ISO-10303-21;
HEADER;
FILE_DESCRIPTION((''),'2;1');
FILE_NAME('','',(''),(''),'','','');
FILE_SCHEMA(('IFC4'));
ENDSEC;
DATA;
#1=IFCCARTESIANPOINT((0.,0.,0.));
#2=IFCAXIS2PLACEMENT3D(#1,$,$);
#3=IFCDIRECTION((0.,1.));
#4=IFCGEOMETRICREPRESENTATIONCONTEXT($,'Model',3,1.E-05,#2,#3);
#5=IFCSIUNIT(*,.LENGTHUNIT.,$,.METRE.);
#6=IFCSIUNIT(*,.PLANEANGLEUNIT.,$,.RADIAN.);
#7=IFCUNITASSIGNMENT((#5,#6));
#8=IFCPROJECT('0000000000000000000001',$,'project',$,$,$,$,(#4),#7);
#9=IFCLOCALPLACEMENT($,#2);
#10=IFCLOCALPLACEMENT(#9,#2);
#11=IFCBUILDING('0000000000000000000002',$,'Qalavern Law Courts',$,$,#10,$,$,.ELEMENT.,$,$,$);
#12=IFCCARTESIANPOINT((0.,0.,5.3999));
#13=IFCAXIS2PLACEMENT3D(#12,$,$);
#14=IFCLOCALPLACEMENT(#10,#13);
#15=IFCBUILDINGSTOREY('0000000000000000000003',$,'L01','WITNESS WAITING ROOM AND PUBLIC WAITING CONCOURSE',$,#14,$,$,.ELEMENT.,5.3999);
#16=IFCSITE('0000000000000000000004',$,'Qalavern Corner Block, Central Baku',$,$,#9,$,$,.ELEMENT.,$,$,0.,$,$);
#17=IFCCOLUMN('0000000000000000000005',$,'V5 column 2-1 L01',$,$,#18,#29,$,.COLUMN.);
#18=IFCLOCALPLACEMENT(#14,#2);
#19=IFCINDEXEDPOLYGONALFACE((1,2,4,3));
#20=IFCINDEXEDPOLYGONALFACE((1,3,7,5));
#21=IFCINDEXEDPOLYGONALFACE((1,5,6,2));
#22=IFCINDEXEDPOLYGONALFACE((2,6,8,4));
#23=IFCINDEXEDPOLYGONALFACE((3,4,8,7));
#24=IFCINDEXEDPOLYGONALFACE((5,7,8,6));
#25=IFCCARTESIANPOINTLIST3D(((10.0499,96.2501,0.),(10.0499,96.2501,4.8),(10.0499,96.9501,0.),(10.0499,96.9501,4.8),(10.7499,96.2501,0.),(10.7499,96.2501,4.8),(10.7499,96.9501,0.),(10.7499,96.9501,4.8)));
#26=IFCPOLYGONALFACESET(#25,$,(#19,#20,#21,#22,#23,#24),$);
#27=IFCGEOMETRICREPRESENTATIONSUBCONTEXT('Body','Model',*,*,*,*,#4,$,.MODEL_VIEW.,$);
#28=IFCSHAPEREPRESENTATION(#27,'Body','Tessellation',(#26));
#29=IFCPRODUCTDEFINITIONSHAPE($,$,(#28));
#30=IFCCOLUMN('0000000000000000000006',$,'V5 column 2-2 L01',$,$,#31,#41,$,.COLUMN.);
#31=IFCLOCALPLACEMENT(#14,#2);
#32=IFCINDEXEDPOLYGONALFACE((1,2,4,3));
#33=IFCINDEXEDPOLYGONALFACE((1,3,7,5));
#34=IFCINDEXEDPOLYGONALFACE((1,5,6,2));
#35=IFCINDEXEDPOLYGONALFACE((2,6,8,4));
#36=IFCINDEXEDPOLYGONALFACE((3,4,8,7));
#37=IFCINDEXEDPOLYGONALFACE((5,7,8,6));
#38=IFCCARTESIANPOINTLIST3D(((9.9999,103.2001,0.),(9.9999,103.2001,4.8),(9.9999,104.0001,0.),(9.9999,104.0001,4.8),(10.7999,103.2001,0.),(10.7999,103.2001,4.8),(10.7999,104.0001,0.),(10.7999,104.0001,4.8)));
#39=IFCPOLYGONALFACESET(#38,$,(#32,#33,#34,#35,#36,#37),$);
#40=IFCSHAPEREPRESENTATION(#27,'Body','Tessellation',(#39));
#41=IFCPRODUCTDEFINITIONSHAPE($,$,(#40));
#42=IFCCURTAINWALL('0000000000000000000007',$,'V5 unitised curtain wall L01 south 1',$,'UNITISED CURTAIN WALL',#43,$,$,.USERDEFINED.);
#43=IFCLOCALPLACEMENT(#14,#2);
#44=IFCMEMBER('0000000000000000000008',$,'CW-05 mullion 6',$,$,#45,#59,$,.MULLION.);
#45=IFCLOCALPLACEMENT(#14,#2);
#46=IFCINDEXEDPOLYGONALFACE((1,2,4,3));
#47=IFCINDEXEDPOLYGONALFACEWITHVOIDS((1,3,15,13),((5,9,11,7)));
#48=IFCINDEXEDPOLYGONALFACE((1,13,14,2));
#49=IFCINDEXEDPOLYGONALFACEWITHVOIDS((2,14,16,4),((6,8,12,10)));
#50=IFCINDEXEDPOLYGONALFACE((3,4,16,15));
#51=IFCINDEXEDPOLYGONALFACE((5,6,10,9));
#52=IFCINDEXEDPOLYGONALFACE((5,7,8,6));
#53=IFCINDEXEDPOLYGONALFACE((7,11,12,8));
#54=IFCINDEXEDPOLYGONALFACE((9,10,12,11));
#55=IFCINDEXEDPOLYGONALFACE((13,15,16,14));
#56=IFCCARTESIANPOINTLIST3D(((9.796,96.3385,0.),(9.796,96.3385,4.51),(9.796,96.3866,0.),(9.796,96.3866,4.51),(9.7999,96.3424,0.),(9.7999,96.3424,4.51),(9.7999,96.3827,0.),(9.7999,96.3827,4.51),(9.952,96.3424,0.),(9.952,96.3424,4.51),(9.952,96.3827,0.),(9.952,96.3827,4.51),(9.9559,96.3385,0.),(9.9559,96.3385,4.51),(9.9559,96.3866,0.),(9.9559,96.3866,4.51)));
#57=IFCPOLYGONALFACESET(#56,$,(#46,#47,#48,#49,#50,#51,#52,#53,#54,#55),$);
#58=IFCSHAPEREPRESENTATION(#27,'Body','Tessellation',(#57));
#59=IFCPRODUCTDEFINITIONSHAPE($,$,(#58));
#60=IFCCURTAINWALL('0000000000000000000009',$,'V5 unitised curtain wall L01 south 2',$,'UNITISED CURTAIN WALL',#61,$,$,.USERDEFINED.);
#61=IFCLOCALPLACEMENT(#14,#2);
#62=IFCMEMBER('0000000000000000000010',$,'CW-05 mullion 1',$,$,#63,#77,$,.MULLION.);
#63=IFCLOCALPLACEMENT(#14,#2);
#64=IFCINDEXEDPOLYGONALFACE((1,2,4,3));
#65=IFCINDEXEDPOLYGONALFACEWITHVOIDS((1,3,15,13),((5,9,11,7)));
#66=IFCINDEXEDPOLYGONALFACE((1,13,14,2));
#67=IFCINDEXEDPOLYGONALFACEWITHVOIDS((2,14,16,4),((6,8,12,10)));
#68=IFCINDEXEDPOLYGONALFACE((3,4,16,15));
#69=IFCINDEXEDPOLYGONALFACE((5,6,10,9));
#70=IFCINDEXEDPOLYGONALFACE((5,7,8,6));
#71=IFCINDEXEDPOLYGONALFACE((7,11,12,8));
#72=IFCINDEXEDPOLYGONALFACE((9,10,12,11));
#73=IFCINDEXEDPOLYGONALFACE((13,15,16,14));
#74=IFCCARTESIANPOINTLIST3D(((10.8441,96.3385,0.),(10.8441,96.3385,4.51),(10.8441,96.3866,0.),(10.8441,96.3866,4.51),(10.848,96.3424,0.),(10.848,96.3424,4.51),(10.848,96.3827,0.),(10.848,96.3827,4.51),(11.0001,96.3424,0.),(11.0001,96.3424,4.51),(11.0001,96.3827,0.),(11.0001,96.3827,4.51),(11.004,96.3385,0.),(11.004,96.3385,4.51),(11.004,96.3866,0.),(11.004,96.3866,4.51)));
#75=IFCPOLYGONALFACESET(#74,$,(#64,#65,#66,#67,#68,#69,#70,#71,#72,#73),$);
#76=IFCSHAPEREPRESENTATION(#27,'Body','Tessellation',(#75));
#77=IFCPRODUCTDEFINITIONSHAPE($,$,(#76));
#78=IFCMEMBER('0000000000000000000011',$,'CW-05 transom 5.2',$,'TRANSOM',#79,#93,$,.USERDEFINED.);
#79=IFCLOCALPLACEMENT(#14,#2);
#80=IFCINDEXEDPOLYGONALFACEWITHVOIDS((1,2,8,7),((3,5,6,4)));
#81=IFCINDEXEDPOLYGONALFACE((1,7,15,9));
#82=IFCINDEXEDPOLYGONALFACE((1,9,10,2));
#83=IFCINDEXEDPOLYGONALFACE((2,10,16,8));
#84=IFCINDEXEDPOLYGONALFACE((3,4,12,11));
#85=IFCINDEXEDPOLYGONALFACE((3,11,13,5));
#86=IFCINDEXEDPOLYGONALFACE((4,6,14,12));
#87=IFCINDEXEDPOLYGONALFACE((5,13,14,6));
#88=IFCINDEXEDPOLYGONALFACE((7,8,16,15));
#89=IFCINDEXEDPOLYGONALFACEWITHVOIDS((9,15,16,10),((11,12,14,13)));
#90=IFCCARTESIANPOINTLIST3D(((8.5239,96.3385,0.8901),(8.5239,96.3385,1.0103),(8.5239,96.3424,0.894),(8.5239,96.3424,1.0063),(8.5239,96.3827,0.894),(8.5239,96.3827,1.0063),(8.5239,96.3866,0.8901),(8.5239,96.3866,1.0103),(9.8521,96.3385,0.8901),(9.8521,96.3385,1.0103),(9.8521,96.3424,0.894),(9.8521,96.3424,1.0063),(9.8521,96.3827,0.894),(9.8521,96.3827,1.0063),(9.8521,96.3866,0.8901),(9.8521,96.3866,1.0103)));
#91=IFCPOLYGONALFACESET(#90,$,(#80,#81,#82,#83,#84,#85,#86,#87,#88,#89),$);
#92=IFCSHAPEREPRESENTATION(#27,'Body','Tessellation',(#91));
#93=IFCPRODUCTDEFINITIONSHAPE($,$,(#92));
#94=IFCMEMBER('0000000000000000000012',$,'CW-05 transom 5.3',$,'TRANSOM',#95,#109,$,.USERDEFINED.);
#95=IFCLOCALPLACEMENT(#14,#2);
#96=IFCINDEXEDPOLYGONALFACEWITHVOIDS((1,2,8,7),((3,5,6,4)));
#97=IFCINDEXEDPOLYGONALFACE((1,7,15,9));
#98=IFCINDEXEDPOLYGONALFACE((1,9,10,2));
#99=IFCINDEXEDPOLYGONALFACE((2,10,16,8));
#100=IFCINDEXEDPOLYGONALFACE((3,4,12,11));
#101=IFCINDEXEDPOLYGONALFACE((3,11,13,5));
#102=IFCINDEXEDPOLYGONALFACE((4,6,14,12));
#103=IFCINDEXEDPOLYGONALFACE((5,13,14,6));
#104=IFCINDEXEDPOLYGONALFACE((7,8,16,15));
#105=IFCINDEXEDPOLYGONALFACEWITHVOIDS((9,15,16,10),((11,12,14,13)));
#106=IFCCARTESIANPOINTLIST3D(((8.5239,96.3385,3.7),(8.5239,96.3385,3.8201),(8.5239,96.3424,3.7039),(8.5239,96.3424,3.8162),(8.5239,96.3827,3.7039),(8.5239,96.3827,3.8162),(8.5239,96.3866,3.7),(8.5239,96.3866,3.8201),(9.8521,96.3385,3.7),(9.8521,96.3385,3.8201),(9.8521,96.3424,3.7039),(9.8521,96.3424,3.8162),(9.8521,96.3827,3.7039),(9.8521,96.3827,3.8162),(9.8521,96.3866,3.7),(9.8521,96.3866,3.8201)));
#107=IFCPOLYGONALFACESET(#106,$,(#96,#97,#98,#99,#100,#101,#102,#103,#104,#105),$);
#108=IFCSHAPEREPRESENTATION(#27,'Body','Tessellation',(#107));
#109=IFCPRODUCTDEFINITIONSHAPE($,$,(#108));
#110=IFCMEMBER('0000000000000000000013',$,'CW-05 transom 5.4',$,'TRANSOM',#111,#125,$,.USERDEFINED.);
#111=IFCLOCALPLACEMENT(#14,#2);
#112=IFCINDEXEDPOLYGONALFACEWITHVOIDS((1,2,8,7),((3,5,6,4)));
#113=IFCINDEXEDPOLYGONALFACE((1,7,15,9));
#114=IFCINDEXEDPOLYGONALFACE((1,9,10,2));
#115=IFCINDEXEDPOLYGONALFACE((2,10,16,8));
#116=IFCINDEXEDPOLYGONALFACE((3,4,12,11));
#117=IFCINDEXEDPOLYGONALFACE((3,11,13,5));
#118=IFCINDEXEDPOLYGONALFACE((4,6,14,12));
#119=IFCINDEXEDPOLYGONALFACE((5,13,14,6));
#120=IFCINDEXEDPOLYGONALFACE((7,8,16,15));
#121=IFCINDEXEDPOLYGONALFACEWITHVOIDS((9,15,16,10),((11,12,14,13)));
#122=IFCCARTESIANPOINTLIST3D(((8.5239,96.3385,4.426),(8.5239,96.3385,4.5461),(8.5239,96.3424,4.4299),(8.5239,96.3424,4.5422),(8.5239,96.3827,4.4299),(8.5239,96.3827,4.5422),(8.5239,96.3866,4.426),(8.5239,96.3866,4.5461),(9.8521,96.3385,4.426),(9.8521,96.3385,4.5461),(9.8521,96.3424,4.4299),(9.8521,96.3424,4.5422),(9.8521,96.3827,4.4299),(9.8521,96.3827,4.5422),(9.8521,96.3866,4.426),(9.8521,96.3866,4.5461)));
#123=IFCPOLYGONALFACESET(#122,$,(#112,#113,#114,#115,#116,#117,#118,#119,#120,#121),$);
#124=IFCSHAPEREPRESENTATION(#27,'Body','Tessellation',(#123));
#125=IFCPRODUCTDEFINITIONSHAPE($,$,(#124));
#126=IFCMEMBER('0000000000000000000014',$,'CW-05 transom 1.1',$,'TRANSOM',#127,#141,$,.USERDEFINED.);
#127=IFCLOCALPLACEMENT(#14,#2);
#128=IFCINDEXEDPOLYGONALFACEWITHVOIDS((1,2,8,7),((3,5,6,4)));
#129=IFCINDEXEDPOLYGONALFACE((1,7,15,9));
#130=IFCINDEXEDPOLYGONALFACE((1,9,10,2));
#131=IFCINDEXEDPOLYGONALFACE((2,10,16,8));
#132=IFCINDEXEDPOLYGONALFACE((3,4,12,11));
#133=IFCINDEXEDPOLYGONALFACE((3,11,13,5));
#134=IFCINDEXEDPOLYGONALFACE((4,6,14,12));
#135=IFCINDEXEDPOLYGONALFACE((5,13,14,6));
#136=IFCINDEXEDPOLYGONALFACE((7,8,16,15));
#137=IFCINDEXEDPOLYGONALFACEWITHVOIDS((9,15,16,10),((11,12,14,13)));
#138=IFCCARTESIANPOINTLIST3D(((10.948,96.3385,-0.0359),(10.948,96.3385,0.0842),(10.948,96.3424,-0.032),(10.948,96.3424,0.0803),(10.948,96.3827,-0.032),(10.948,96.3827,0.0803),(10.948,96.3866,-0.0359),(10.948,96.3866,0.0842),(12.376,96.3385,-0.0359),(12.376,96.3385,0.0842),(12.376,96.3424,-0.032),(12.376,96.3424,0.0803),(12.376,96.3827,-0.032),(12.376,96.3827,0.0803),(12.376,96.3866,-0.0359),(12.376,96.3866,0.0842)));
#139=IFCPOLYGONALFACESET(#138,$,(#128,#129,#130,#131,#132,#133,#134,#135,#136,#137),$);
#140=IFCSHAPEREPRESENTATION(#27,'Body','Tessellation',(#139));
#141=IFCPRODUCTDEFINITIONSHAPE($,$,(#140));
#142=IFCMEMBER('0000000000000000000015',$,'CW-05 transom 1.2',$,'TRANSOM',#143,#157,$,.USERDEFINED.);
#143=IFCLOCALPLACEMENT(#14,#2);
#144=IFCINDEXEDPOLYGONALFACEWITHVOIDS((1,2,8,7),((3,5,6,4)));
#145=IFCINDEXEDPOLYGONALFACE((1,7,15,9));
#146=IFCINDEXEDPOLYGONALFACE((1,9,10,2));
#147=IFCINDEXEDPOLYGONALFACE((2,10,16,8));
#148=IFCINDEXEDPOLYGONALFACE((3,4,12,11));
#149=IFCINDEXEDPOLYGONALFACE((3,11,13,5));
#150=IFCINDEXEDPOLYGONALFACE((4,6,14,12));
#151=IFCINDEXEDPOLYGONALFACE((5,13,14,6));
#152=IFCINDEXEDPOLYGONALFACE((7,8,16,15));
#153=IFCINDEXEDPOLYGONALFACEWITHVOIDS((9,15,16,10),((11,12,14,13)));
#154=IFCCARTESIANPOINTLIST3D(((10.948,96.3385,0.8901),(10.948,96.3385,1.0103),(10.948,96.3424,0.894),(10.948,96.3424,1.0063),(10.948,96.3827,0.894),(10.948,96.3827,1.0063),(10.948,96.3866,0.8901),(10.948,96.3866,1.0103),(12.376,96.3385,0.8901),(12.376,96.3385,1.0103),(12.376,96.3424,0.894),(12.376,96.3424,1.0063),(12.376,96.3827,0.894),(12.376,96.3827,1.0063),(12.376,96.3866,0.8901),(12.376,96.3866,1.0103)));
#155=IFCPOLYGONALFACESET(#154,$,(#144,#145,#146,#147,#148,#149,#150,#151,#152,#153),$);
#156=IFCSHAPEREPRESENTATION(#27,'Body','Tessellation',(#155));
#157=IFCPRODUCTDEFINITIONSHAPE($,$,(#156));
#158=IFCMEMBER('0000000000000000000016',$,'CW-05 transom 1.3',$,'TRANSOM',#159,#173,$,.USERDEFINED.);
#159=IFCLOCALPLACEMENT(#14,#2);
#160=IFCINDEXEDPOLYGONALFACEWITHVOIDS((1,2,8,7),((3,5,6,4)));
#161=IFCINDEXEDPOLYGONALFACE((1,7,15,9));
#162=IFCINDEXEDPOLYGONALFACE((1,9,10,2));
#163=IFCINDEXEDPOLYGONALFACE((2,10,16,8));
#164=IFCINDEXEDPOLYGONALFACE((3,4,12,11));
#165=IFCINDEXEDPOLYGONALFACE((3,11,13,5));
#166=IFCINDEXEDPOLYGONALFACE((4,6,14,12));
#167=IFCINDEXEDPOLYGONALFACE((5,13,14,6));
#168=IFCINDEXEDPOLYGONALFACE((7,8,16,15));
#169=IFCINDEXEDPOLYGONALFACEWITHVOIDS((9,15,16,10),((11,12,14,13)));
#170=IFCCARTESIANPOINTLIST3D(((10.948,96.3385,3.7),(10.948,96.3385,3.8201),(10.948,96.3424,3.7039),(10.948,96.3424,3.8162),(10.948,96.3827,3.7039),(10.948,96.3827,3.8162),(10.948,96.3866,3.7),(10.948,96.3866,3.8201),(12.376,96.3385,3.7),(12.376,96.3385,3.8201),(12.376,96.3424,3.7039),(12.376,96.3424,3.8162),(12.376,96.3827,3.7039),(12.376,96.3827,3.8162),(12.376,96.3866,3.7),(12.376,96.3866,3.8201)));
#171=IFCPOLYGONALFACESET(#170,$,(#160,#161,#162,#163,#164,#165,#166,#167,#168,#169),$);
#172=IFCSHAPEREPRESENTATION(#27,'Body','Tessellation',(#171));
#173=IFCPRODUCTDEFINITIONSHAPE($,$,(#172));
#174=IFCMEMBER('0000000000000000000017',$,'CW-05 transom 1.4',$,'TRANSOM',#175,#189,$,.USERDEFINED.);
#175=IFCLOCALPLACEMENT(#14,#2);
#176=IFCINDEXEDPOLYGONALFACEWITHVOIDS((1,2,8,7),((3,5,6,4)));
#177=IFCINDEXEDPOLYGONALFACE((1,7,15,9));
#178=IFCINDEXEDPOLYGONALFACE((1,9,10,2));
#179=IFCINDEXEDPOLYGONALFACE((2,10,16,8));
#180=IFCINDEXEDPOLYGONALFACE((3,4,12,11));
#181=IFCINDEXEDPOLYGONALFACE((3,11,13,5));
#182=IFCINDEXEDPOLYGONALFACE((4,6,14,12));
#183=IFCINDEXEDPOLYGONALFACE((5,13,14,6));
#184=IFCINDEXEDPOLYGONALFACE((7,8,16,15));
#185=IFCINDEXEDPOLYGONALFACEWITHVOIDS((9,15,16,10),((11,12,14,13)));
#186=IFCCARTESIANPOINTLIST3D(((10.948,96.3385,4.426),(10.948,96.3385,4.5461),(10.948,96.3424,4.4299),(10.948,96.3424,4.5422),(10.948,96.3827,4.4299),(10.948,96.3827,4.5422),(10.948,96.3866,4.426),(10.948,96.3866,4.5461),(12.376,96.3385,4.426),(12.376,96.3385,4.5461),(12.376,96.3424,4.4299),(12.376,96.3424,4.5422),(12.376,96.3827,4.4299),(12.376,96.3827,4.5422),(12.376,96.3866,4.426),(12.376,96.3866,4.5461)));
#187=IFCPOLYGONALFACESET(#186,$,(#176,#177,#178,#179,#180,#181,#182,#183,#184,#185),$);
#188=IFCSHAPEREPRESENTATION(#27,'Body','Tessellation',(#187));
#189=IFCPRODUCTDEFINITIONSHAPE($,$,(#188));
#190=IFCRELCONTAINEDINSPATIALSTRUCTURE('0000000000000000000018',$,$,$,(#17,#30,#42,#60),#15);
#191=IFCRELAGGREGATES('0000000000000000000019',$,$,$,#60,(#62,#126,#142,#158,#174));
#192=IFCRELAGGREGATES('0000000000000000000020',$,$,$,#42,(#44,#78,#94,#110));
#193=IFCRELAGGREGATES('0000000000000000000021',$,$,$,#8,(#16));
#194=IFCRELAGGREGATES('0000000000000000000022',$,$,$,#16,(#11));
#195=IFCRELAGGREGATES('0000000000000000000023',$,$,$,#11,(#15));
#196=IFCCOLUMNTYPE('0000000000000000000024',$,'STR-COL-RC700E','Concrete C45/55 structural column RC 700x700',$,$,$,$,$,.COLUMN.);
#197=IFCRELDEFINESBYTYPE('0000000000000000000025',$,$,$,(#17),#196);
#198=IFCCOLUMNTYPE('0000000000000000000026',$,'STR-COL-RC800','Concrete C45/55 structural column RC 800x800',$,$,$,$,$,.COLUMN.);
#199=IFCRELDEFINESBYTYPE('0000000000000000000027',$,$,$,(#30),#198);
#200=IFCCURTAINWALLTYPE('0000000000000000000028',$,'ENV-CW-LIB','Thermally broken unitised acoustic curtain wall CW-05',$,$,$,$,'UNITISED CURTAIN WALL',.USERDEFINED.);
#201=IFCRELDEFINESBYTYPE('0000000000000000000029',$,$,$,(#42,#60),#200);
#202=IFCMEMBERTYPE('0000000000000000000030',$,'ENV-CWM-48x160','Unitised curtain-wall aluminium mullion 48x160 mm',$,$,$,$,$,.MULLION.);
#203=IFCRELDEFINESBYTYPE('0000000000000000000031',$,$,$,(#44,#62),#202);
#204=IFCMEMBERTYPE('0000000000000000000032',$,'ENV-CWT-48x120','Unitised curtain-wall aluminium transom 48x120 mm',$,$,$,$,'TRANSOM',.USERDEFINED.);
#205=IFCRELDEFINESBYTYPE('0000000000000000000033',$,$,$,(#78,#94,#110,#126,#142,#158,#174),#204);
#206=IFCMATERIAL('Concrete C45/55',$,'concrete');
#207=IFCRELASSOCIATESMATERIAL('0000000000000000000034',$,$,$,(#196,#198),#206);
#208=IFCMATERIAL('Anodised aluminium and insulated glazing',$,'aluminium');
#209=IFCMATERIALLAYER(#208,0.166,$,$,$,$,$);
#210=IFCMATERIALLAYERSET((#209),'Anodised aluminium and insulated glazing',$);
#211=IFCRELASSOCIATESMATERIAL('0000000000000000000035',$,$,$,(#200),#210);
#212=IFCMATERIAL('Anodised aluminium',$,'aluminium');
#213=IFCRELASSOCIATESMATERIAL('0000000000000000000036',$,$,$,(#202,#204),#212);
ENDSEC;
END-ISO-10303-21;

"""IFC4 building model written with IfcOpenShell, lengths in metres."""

from ifc_helpers import new_model, si_unit, direction, frame, origin, origin_2d, place, context, subcontext, project, spatial, rectangle, hollow_rectangle, extrude, material, layer, layer_set, material_profile, profile_set, type_object, element, aggregate, save


model = new_model("IFC4")

# Units and contexts
model_context = context("Model", 3, precision=1e-05, world=origin(), true_north=direction((0.0, 1.0)))
body_context = subcontext(model_context, "Body", "Model", "MODEL_VIEW")
ifc_project = project(units=[si_unit("LENGTHUNIT", "METRE"), si_unit("PLANEANGLEUNIT", "RADIAN")], contexts=[model_context])

# Site, building, storey
site_placement = place(None, origin())
site = spatial("IfcSite", under=ifc_project, at=site_placement, Name="Qalavern Corner Block, Central Baku", CompositionType="ELEMENT", RefElevation=0.0)
building_placement = place(site_placement, origin())
building = spatial("IfcBuilding", under=site, at=building_placement, Name="Qalavern Law Courts", CompositionType="ELEMENT")
storey_placement = place(building_placement, frame((0.0, 0.0, 5.3999)))
storey = spatial("IfcBuildingStorey", under=building, at=storey_placement, Name="L01", Description="WITNESS WAITING ROOM AND PUBLIC WAITING CONCOURSE", CompositionType="ELEMENT", Elevation=5.3999)

# Columns
ifc_material_1 = material(Name="Concrete C45/55", Category="concrete")
ifc_material_profile_1 = material_profile(ifc_material_1, rectangle(XDim=0.7, YDim=0.7, at=origin_2d()), Name="RC 700x700")
ifc_profile_set_1 = profile_set([ifc_material_profile_1], Name="Concrete C45/55")
column_type_1 = type_object("IfcColumnType", Name="STR-COL-RC700E", Description="Concrete C45/55 structural column RC 700x700", PredefinedType="COLUMN", material=ifc_profile_set_1)
column_1_placement = place(storey_placement, frame((10.3999, 96.6001, 0.0), z_axis=(0.0, 0.0, 1.0), x_axis=(1.0, 0.0, 0.0)))
element("IfcColumn", 1, at=column_1_placement, inside=storey, type_object=column_type_1, Name="V5 column 2-1 L01", PredefinedType="COLUMN", context=body_context, shape_type="SweptSolid", body=[
    extrude(rectangle(XDim=0.7, YDim=0.7, at=origin_2d()), origin(), (0.0, 0.0, 1.0), 4.8),
])
ifc_material_profile_2 = material_profile(ifc_material_1, rectangle(XDim=0.8, YDim=0.8, at=origin_2d()), Name="RC 800x800")
ifc_profile_set_2 = profile_set([ifc_material_profile_2], Name="Concrete C45/55")
column_type_2 = type_object("IfcColumnType", Name="STR-COL-RC800", Description="Concrete C45/55 structural column RC 800x800", PredefinedType="COLUMN", material=ifc_profile_set_2)
column_2_placement = place(storey_placement, frame((10.3999, 103.6001, 0.0), z_axis=(0.0, 0.0, 1.0), x_axis=(1.0, 0.0, 0.0)))
element("IfcColumn", 2, at=column_2_placement, inside=storey, type_object=column_type_2, Name="V5 column 2-2 L01", PredefinedType="COLUMN", context=body_context, shape_type="SweptSolid", body=[
    extrude(rectangle(XDim=0.8, YDim=0.8, at=origin_2d()), origin(), (0.0, 0.0, 1.0), 4.8),
])

# Curtain walls, members
ifc_material_2 = material(Name="Anodised aluminium and insulated glazing", Category="aluminium")
ifc_layer_1 = layer(ifc_material_2, 0.166)
ifc_layer_set_1 = layer_set([ifc_layer_1], Name="Anodised aluminium and insulated glazing")
curtain_wall_type = type_object("IfcCurtainWallType", Name="ENV-CW-LIB", Description="Thermally broken unitised acoustic curtain wall CW-05", ElementType="UNITISED CURTAIN WALL", PredefinedType="USERDEFINED", material=ifc_layer_set_1)
curtain_wall_1_placement = place(storey_placement, origin())
curtain_wall_1 = element("IfcCurtainWall", 3, at=curtain_wall_1_placement, inside=storey, type_object=curtain_wall_type, Name="V5 unitised curtain wall L01 south 1", ObjectType="UNITISED CURTAIN WALL", PredefinedType="USERDEFINED")
ifc_material_3 = material(Name="Anodised aluminium", Category="aluminium")
ifc_material_profile_3 = material_profile(ifc_material_3, hollow_rectangle(XDim=0.0481, YDim=0.1599, WallThickness=0.0039, at=origin_2d()), Name="ALU MULLION 48x160")
ifc_profile_set_3 = profile_set([ifc_material_profile_3], Name="Anodised aluminium")
member_type_1 = type_object("IfcMemberType", Name="ENV-CWM-48x160", Description="Unitised curtain-wall aluminium mullion 48x160 mm", PredefinedType="MULLION", material=ifc_profile_set_3)
member_1_placement = place(storey_placement, frame((9.876, 96.3625, 0.0), z_axis=(0.0, 0.0, 1.0), x_axis=(0.0, 1.0, 0.0)))
member_1 = element("IfcMember", 4, at=member_1_placement, type_object=member_type_1, Name="CW-05 mullion 6", PredefinedType="MULLION", context=body_context, shape_type="SweptSolid", body=[
    extrude(hollow_rectangle(XDim=0.0481, YDim=0.1599, WallThickness=0.0039, at=origin_2d()), origin(), (0.0, 0.0, 1.0), 4.51),
])
curtain_wall_2_placement = place(storey_placement, origin())
curtain_wall_2 = element("IfcCurtainWall", 5, at=curtain_wall_2_placement, inside=storey, type_object=curtain_wall_type, Name="V5 unitised curtain wall L01 south 2", ObjectType="UNITISED CURTAIN WALL", PredefinedType="USERDEFINED")
member_2_placement = place(storey_placement, frame((10.9241, 96.3625, 0.0), z_axis=(0.0, 0.0, 1.0), x_axis=(0.0, 1.0, 0.0)))
member_2 = element("IfcMember", 6, at=member_2_placement, type_object=member_type_1, Name="CW-05 mullion 1", PredefinedType="MULLION", context=body_context, shape_type="SweptSolid", body=[
    extrude(hollow_rectangle(XDim=0.0481, YDim=0.1599, WallThickness=0.0039, at=origin_2d()), origin(), (0.0, 0.0, 1.0), 4.51),
])

# Members
ifc_material_profile_4 = material_profile(ifc_material_3, hollow_rectangle(XDim=0.0481, YDim=0.1201, WallThickness=0.0039, at=origin_2d()), Name="ALU TRANSOM 48x120")
ifc_profile_set_4 = profile_set([ifc_material_profile_4], Name="Anodised aluminium")
member_type_2 = type_object("IfcMemberType", Name="ENV-CWT-48x120", Description="Unitised curtain-wall aluminium transom 48x120 mm", ElementType="TRANSOM", PredefinedType="USERDEFINED", material=ifc_profile_set_4)
member_3_placement = place(storey_placement, frame((8.5239, 96.3625, 0.9502), z_axis=(1.0, 0.0, 0.0), x_axis=(0.0, 1.0, 0.0)))
member_3 = element("IfcMember", 7, at=member_3_placement, type_object=member_type_2, Name="CW-05 transom 5.2", ObjectType="TRANSOM", PredefinedType="USERDEFINED", context=body_context, shape_type="SweptSolid", body=[
    extrude(hollow_rectangle(XDim=0.0481, YDim=0.1201, WallThickness=0.0039, at=origin_2d()), origin(), (0.0, 0.0, 1.0), 1.3281),
])
member_4_placement = place(storey_placement, frame((8.5239, 96.3625, 3.76), z_axis=(1.0, 0.0, 0.0), x_axis=(0.0, 1.0, 0.0)))
member_4 = element("IfcMember", 8, at=member_4_placement, type_object=member_type_2, Name="CW-05 transom 5.3", ObjectType="TRANSOM", PredefinedType="USERDEFINED", context=body_context, shape_type="SweptSolid", body=[
    extrude(hollow_rectangle(XDim=0.0481, YDim=0.1201, WallThickness=0.0039, at=origin_2d()), origin(), (0.0, 0.0, 1.0), 1.3281),
])
member_5_placement = place(storey_placement, frame((8.5239, 96.3625, 4.4861), z_axis=(1.0, 0.0, 0.0), x_axis=(0.0, 1.0, 0.0)))
member_5 = element("IfcMember", 9, at=member_5_placement, type_object=member_type_2, Name="CW-05 transom 5.4", ObjectType="TRANSOM", PredefinedType="USERDEFINED", context=body_context, shape_type="SweptSolid", body=[
    extrude(hollow_rectangle(XDim=0.0481, YDim=0.1201, WallThickness=0.0039, at=origin_2d()), origin(), (0.0, 0.0, 1.0), 1.3281),
])
member_6_placement = place(storey_placement, frame((10.948, 96.3625, 0.0242), z_axis=(1.0, 0.0, 0.0), x_axis=(0.0, 1.0, 0.0)))
member_6 = element("IfcMember", 10, at=member_6_placement, type_object=member_type_2, Name="CW-05 transom 1.1", ObjectType="TRANSOM", PredefinedType="USERDEFINED", context=body_context, shape_type="SweptSolid", body=[
    extrude(hollow_rectangle(XDim=0.0481, YDim=0.1201, WallThickness=0.0039, at=origin_2d()), origin(), (0.0, 0.0, 1.0), 1.428),
])
member_7_placement = place(storey_placement, frame((10.948, 96.3625, 0.9502), z_axis=(1.0, 0.0, 0.0), x_axis=(0.0, 1.0, 0.0)))
member_7 = element("IfcMember", 11, at=member_7_placement, type_object=member_type_2, Name="CW-05 transom 1.2", ObjectType="TRANSOM", PredefinedType="USERDEFINED", context=body_context, shape_type="SweptSolid", body=[
    extrude(hollow_rectangle(XDim=0.0481, YDim=0.1201, WallThickness=0.0039, at=origin_2d()), origin(), (0.0, 0.0, 1.0), 1.428),
])
member_8_placement = place(storey_placement, frame((10.948, 96.3625, 3.76), z_axis=(1.0, 0.0, 0.0), x_axis=(0.0, 1.0, 0.0)))
member_8 = element("IfcMember", 12, at=member_8_placement, type_object=member_type_2, Name="CW-05 transom 1.3", ObjectType="TRANSOM", PredefinedType="USERDEFINED", context=body_context, shape_type="SweptSolid", body=[
    extrude(hollow_rectangle(XDim=0.0481, YDim=0.1201, WallThickness=0.0039, at=origin_2d()), origin(), (0.0, 0.0, 1.0), 1.428),
])
member_9_placement = place(storey_placement, frame((10.948, 96.3625, 4.4861), z_axis=(1.0, 0.0, 0.0), x_axis=(0.0, 1.0, 0.0)))
member_9 = element("IfcMember", 13, at=member_9_placement, type_object=member_type_2, Name="CW-05 transom 1.4", ObjectType="TRANSOM", PredefinedType="USERDEFINED", context=body_context, shape_type="SweptSolid", body=[
    extrude(hollow_rectangle(XDim=0.0481, YDim=0.1201, WallThickness=0.0039, at=origin_2d()), origin(), (0.0, 0.0, 1.0), 1.428),
])
aggregate(curtain_wall_2, [member_2, member_6, member_7, member_8, member_9])

aggregate(curtain_wall_1, [member_1, member_3, member_4, member_5])

save(model, "model.ifc")
